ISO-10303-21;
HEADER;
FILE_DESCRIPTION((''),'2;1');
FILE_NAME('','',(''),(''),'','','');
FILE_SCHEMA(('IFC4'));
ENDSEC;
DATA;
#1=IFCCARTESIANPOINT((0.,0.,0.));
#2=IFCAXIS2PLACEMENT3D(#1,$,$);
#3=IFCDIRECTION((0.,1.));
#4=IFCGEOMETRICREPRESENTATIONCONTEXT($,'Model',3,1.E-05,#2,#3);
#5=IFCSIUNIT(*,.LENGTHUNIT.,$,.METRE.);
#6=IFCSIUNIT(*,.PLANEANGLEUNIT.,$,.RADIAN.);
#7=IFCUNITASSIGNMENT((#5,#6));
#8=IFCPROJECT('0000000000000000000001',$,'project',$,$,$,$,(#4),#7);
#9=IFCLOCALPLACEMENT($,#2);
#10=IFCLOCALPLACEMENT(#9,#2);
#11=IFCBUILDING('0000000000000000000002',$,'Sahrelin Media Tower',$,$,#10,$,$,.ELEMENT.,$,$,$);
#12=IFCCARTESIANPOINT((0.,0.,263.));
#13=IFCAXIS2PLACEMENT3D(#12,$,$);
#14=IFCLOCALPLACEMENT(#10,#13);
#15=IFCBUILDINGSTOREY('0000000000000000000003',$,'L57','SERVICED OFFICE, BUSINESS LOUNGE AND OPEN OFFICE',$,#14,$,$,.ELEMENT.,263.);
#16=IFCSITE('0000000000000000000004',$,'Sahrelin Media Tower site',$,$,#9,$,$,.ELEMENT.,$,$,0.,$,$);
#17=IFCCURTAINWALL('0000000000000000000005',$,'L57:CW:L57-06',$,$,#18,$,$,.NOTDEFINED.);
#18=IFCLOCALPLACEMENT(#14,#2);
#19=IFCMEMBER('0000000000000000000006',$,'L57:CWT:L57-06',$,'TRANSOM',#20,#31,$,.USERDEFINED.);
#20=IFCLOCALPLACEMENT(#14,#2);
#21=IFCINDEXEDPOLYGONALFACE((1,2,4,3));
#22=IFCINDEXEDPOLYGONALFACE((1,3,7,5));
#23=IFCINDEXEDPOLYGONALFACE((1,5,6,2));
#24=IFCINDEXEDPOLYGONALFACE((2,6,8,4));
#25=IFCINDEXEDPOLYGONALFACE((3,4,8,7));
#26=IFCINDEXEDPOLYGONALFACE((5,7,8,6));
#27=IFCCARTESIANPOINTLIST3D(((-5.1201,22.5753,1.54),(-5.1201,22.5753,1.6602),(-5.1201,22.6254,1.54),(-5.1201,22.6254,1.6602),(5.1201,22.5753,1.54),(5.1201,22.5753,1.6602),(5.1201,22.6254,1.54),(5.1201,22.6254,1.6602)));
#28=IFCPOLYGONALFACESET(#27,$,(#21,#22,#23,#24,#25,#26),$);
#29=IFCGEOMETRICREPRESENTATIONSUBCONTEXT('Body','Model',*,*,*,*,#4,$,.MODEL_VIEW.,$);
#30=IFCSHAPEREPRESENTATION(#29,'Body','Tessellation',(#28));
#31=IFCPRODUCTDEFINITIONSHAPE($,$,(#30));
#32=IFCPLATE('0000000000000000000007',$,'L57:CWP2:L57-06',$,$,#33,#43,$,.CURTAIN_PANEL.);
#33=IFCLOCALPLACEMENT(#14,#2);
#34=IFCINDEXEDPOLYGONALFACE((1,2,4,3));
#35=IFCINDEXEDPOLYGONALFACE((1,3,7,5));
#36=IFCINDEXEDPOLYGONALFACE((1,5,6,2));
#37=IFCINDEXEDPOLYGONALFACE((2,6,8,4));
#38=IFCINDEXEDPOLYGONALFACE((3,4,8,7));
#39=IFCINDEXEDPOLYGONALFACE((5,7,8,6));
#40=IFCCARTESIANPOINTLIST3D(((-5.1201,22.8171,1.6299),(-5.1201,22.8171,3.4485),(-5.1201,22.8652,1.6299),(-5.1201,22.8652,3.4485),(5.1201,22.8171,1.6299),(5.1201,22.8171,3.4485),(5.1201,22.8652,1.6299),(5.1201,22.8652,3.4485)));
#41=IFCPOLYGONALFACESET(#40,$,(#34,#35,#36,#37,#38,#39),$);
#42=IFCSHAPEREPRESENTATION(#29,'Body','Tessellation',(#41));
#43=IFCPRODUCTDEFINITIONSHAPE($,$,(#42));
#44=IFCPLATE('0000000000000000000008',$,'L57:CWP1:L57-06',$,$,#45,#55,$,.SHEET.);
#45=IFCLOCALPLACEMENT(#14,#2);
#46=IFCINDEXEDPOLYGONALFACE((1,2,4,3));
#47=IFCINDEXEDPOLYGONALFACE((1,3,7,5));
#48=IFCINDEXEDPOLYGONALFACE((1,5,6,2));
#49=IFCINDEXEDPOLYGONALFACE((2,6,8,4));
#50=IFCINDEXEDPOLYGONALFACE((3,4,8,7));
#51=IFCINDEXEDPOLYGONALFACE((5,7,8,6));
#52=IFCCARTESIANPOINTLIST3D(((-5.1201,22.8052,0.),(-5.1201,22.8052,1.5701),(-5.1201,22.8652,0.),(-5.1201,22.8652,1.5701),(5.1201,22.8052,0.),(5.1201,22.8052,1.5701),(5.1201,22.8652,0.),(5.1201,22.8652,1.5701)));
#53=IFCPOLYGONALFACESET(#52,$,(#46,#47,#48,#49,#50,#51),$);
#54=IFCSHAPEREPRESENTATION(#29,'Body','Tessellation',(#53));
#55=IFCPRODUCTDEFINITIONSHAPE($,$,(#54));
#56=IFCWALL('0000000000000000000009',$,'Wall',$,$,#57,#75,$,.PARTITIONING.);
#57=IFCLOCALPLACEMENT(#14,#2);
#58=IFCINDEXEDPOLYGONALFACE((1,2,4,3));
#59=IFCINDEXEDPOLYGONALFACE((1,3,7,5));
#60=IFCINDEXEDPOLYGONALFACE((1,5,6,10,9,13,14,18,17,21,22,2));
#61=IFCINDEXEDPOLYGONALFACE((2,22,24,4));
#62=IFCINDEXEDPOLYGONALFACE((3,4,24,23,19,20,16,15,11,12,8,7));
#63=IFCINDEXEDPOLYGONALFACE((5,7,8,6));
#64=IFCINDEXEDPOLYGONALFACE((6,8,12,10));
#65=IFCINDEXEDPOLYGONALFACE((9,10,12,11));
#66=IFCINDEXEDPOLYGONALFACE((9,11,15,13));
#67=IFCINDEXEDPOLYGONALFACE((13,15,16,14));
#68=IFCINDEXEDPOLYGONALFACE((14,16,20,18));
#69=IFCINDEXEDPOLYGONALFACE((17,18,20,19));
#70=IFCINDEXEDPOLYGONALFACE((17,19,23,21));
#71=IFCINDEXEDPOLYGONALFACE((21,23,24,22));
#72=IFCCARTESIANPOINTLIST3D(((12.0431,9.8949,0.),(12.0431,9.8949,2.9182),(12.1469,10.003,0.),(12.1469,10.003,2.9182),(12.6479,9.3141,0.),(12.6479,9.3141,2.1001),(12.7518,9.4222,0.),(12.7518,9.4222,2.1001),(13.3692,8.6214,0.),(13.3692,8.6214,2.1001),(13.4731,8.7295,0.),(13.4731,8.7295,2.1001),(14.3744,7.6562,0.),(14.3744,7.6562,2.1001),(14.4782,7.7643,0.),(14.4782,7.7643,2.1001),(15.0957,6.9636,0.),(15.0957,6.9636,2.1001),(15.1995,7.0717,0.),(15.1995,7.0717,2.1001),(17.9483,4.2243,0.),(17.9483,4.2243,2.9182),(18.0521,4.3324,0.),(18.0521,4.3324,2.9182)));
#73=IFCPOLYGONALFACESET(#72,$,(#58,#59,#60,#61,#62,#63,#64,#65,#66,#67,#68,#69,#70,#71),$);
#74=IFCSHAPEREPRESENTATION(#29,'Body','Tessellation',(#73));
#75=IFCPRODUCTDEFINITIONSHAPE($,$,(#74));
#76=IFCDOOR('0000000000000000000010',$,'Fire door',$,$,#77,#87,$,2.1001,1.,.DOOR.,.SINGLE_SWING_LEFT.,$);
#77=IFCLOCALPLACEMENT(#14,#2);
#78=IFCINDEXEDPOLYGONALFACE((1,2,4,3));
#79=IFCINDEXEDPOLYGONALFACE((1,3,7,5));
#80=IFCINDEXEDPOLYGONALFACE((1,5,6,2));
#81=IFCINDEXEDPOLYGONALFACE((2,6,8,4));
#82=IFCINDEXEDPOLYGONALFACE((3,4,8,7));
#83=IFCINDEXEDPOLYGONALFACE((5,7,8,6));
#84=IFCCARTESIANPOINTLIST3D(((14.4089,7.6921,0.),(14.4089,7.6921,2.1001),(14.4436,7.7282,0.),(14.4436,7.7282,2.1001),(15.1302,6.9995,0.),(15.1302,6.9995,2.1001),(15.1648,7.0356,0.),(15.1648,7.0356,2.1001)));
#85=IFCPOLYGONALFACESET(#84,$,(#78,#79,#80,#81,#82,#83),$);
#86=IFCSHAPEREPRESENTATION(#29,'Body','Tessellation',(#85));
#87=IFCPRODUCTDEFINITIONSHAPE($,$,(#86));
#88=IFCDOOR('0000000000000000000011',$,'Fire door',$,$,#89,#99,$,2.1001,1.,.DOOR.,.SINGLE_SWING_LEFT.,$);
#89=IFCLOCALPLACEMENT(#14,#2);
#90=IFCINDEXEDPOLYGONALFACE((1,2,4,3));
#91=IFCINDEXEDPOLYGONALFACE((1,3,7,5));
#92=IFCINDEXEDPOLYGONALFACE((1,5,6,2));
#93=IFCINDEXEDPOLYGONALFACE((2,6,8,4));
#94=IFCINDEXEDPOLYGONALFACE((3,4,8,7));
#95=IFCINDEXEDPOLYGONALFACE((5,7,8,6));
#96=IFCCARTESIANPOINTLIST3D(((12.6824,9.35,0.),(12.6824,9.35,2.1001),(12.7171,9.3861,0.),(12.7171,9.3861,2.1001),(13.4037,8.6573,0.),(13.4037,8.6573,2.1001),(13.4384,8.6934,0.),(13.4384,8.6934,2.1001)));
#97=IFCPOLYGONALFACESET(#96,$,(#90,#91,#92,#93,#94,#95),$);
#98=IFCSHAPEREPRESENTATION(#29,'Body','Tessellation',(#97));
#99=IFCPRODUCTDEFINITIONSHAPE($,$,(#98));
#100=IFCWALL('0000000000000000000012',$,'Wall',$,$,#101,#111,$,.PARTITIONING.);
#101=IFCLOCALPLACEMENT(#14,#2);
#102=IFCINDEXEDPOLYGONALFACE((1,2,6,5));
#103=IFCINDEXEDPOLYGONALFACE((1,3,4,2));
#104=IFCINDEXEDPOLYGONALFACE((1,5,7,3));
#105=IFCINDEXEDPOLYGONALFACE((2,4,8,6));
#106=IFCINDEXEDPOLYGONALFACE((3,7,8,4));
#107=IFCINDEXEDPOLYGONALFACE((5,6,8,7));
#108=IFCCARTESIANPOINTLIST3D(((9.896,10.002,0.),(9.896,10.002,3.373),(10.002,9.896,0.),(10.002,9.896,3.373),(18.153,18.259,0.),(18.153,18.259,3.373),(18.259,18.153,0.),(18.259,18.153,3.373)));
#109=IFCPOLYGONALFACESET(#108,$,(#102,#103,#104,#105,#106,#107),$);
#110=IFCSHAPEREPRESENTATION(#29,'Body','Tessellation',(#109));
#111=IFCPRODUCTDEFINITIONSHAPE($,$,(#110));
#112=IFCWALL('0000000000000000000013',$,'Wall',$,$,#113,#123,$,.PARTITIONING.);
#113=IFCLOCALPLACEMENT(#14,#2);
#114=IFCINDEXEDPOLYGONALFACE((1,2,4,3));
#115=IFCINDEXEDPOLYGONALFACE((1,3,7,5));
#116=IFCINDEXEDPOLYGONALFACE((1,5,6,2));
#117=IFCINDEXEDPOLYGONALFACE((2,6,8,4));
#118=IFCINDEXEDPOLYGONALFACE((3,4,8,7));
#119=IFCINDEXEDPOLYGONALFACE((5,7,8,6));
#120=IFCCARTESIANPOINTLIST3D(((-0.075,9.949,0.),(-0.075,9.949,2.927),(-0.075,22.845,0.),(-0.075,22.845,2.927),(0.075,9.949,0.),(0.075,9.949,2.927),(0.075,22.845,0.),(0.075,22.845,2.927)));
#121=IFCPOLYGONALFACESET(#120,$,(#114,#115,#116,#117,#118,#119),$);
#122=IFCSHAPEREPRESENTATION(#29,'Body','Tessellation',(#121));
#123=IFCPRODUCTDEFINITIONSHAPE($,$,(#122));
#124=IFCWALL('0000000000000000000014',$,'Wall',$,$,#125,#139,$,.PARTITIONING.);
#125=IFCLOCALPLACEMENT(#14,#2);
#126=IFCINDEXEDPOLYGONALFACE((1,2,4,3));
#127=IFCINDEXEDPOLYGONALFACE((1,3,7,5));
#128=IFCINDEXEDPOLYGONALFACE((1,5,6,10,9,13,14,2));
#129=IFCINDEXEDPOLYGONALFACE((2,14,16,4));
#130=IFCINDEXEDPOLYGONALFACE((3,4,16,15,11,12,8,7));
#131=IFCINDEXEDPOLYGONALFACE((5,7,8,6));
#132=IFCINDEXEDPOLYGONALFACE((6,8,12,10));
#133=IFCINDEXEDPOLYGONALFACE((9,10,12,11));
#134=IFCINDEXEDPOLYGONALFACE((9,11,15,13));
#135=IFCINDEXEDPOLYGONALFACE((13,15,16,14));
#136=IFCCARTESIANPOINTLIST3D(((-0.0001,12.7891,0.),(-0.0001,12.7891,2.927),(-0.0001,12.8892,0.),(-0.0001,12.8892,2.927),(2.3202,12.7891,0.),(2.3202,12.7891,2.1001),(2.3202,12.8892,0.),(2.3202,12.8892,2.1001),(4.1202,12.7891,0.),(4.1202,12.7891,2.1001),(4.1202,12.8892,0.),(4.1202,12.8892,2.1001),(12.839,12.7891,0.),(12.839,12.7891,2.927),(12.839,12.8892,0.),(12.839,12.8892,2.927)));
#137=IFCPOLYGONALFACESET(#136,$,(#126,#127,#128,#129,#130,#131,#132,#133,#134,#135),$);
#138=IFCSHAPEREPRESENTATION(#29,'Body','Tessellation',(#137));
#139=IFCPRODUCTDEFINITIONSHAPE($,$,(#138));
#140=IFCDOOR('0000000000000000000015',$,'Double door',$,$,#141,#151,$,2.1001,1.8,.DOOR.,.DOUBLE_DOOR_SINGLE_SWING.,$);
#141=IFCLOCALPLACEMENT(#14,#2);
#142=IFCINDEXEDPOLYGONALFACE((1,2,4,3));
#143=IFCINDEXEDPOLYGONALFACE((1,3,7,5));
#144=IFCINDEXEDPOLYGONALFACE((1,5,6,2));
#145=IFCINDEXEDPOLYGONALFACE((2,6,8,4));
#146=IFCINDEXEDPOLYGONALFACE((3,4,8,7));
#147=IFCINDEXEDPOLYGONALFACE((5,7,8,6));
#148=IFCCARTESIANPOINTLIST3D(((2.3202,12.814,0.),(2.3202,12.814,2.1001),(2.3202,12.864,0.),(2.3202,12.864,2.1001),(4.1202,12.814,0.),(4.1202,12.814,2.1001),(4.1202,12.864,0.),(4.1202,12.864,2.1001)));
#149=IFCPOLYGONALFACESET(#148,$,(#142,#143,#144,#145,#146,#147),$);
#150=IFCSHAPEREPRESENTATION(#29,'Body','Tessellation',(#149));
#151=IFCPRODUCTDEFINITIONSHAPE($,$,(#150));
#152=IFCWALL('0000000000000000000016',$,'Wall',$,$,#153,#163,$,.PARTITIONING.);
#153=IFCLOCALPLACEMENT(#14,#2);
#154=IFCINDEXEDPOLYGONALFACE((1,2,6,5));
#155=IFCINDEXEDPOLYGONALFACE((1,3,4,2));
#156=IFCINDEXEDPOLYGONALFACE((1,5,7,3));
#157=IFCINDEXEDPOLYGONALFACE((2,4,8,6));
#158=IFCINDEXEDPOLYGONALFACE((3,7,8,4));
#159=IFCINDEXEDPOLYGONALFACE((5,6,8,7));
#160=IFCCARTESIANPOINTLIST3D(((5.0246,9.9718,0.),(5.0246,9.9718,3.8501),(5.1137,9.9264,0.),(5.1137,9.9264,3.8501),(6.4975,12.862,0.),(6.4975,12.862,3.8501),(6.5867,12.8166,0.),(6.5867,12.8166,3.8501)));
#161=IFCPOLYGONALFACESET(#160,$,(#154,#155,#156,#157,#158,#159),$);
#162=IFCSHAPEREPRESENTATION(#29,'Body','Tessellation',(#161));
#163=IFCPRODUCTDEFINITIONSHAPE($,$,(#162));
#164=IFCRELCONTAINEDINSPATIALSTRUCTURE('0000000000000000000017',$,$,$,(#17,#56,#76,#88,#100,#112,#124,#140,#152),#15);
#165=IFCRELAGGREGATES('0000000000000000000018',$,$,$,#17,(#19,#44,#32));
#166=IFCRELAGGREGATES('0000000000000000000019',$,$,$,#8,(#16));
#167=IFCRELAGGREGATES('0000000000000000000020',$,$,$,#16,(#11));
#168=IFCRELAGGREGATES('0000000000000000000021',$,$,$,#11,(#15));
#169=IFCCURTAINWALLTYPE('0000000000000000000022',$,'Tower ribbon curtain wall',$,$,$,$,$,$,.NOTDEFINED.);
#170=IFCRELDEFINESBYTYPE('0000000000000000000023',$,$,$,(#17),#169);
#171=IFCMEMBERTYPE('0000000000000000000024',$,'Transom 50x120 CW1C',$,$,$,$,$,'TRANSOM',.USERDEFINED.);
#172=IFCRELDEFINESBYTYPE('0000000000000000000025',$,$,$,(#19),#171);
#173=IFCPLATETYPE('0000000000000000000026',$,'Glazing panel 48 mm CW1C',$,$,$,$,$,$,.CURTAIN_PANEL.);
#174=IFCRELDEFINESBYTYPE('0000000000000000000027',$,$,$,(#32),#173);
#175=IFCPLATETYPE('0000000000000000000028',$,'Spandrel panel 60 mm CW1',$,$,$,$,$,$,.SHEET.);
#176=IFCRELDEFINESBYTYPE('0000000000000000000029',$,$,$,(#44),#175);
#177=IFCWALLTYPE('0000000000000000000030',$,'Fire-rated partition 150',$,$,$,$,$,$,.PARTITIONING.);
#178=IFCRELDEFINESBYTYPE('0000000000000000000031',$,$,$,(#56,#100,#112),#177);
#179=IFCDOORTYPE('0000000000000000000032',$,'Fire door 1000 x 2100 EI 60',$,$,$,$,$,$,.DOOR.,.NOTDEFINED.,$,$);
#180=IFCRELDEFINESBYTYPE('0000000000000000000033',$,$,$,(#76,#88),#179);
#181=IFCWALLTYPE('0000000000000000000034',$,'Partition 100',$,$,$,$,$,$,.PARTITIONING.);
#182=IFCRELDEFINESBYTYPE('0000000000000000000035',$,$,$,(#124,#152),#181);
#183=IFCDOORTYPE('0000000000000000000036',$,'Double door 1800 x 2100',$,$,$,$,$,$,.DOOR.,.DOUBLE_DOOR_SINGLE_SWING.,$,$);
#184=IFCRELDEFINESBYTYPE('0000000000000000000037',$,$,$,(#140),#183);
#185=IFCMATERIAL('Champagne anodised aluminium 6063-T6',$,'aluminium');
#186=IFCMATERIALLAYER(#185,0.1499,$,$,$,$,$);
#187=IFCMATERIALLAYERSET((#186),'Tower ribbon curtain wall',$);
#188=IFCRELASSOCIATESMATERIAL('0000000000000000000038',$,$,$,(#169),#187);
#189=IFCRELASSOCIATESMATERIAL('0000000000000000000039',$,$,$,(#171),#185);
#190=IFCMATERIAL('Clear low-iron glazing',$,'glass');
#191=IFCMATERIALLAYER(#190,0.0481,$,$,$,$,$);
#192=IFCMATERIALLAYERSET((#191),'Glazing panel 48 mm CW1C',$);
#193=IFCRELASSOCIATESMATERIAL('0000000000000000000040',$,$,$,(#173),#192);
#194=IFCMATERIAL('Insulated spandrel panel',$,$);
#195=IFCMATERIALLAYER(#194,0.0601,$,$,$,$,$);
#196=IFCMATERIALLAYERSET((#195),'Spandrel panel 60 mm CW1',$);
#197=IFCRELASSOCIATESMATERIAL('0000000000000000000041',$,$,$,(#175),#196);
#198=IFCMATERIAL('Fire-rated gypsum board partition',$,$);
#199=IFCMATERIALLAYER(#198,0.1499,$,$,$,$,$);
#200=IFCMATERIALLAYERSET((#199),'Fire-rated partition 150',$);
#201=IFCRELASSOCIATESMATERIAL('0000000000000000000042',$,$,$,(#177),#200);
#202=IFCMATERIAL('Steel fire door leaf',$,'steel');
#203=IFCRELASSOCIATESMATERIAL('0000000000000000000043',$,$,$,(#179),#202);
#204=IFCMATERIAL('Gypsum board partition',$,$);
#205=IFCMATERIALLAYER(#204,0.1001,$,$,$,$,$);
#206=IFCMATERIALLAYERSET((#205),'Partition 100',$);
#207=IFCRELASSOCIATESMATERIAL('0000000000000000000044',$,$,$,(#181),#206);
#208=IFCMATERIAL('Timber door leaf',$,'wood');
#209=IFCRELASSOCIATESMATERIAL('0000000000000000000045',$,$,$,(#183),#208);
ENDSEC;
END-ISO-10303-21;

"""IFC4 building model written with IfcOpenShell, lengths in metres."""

from ifc_helpers import new_model, si_unit, direction, frame, frame_2d, origin, origin_2d, place, context, subcontext, project, spatial, polyline, rectangle, outline, extrude, material, layer, layer_set, material_profile, profile_set, type_object, element, fill, aggregate, save


model = new_model("IFC4")

# Units and contexts
model_context = context("Model", 3, precision=1e-05, world=origin(), true_north=direction((0.0, 1.0)))
body_context = subcontext(model_context, "Body", "Model", "MODEL_VIEW")
ifc_project = project(units=[si_unit("LENGTHUNIT", "METRE"), si_unit("PLANEANGLEUNIT", "RADIAN")], contexts=[model_context])

# Site, building, storey
site_placement = place(None, origin())
site = spatial("IfcSite", under=ifc_project, at=site_placement, Name="Sahrelin Media Tower site", CompositionType="ELEMENT", RefElevation=0.0)
building_placement = place(site_placement, origin())
building = spatial("IfcBuilding", under=site, at=building_placement, Name="Sahrelin Media Tower", CompositionType="ELEMENT")
storey_placement = place(building_placement, frame((0.0, 0.0, 263.0)))
storey = spatial("IfcBuildingStorey", under=building, at=storey_placement, Name="L57", Description="SERVICED OFFICE, BUSINESS LOUNGE AND OPEN OFFICE", CompositionType="ELEMENT", Elevation=263.0)

# Curtain wall
ifc_material_1 = material(Name="Champagne anodised aluminium 6063-T6", Category="aluminium")
ifc_layer_1 = layer(ifc_material_1, 0.1499)
ifc_layer_set_1 = layer_set([ifc_layer_1], Name="Tower ribbon curtain wall")
curtain_wall_type = type_object("IfcCurtainWallType", Name="Tower ribbon curtain wall", PredefinedType="NOTDEFINED", material=ifc_layer_set_1)
placement_1 = place(storey_placement, frame((0.0, 22.8452, 0.0), z_axis=(0.0, 0.0, 1.0), x_axis=(1.0, 0.0, 0.0)))
curtain_wall_1 = element("IfcCurtainWall", 1, at=placement_1, inside=storey, type_object=curtain_wall_type, Name="L57:CW:L57-06", PredefinedType="NOTDEFINED")

# Member
ifc_material_profile_1 = material_profile(ifc_material_1, rectangle(XDim=0.05, YDim=0.1201, at=origin_2d()), Name="Transom 50x120")
ifc_profile_set_1 = profile_set([ifc_material_profile_1], Name="Champagne anodised aluminium 6063-T6")
member_type_1 = type_object("IfcMemberType", Name="Transom 50x120 CW1C", ElementType="TRANSOM", PredefinedType="USERDEFINED", material=ifc_profile_set_1)
member_1_placement = place(storey_placement, frame((5.1201, 22.6003, 1.6001), z_axis=(-1.0, 0.0, 0.0), x_axis=(0.0, -1.0, 0.0)))
member_1 = element("IfcMember", 2, at=member_1_placement, type_object=member_type_1, Name="L57:CWT:L57-06", ObjectType="TRANSOM", PredefinedType="USERDEFINED", context=body_context, shape_type="SweptSolid", body=[
    extrude(rectangle(XDim=0.05, YDim=0.1201, at=origin_2d()), origin(), (0.0, 0.0, 1.0), 10.2402),
])

# Plates
ifc_material_2 = material(Name="Clear low-iron glazing", Category="glass")
ifc_layer_2 = layer(ifc_material_2, 0.0481)
ifc_layer_set_2 = layer_set([ifc_layer_2], Name="Glazing panel 48 mm CW1C")
plate_type_1 = type_object("IfcPlateType", Name="Glazing panel 48 mm CW1C", PredefinedType="CURTAIN_PANEL", material=ifc_layer_set_2)
plate_1_placement = place(storey_placement, frame((5.1201, 22.8652, 1.6299), z_axis=(0.0, 1.0, 0.0), x_axis=(-1.0, 0.0, 0.0)))
plate_1 = element("IfcPlate", 3, at=plate_1_placement, type_object=plate_type_1, Name="L57:CWP2:L57-06", PredefinedType="CURTAIN_PANEL", context=body_context, shape_type="SweptSolid", body=[
    extrude(outline(polyline([(0.0, 0.0), (10.2402, 0.0), (10.2402, 1.8186), (0.0, 1.8186), (0.0, 0.0)])), origin(), (0.0, 0.0, -1.0), 0.0481),
])
ifc_material_3 = material(Name="Insulated spandrel panel")
ifc_layer_3 = layer(ifc_material_3, 0.0601)
ifc_layer_set_3 = layer_set([ifc_layer_3], Name="Spandrel panel 60 mm CW1")
plate_type_2 = type_object("IfcPlateType", Name="Spandrel panel 60 mm CW1", PredefinedType="SHEET", material=ifc_layer_set_3)
plate_2_placement = place(storey_placement, frame((5.1201, 22.8652, 0.0), z_axis=(0.0, 1.0, 0.0), x_axis=(-1.0, 0.0, 0.0)))
plate_2 = element("IfcPlate", 4, at=plate_2_placement, type_object=plate_type_2, Name="L57:CWP1:L57-06", PredefinedType="SHEET", context=body_context, shape_type="SweptSolid", body=[
    extrude(outline(polyline([(0.0, 0.0), (10.2402, 0.0), (10.2402, 1.5701), (0.0, 1.5701), (0.0, 0.0)])), origin(), (0.0, 0.0, -1.0), 0.0601),
])
aggregate(curtain_wall_1, [member_1, plate_2, plate_1])

# Wall, openings, doors
ifc_material_4 = material(Name="Fire-rated gypsum board partition")
ifc_layer_4 = layer(ifc_material_4, 0.1499)
ifc_layer_set_4 = layer_set([ifc_layer_4], Name="Fire-rated partition 150")
wall_type_1 = type_object("IfcWallType", Name="Fire-rated partition 150", PredefinedType="PARTITIONING", material=ifc_layer_set_4)
wall_1_placement = place(storey_placement, frame((12.095, 9.949, 0.0), z_axis=(0.0, 0.0, 1.0), x_axis=(0.72129, -0.692633, 0.0)))
wall_1 = element("IfcWall", 5, at=wall_1_placement, inside=storey, type_object=wall_type_1, Name="Wall", PredefinedType="PARTITIONING", context=body_context, shape_type="SweptSolid", body=[
    extrude(rectangle(XDim=8.187, YDim=0.1499, at=frame_2d((4.0935, 0.0))), origin(), (0.0, 0.0, 1.0), 2.9182),
])
opening_1_placement = place(wall_1_placement, frame((3.2322, 0.0, 0.0)))
opening_1 = element("IfcOpeningElement", 6, at=opening_1_placement, cuts=wall_1, PredefinedType="OPENING", context=body_context, shape_type="SweptSolid", body=[
    extrude(rectangle(XDim=1.0, YDim=2.1001, at=frame_2d((0.5, 1.05))), frame((0.0, 0.075, 0.0), z_axis=(0.0, -1.0, 0.0), x_axis=(1.0, 0.0, 0.0)), (0.0, 0.0, 1.0), 0.1499),
])
opening_2_placement = place(wall_1_placement, frame((0.8386, 0.0, 0.0)))
opening_2 = element("IfcOpeningElement", 7, at=opening_2_placement, cuts=wall_1, PredefinedType="OPENING", context=body_context, shape_type="SweptSolid", body=[
    extrude(rectangle(XDim=1.0, YDim=2.1001, at=frame_2d((0.5, 1.05))), frame((0.0, 0.075, 0.0), z_axis=(0.0, -1.0, 0.0), x_axis=(1.0, 0.0, 0.0)), (0.0, 0.0, 1.0), 0.1499),
])
ifc_material_5 = material(Name="Steel fire door leaf", Category="steel")
door_type_1 = type_object("IfcDoorType", Name="Fire door 1000 x 2100 EI 60", OperationType="NOTDEFINED", PredefinedType="DOOR", material=ifc_material_5)
door_1_placement = place(opening_1_placement, origin())
door_1 = element("IfcDoor", 8, at=door_1_placement, inside=storey, type_object=door_type_1, Name="Fire door", OperationType="SINGLE_SWING_LEFT", OverallHeight=2.1001, OverallWidth=1.0, PredefinedType="DOOR", context=body_context, shape_type="SweptSolid", body=[
    extrude(rectangle(XDim=1.0, YDim=2.1001, at=frame_2d((0.5, 1.05))), frame((0.0, 0.0249, 0.0), z_axis=(0.0, -1.0, 0.0), x_axis=(1.0, 0.0, 0.0)), (0.0, 0.0, 1.0), 0.05),
])
fill(opening_1, door_1)
door_2_placement = place(opening_2_placement, origin())
door_2 = element("IfcDoor", 9, at=door_2_placement, inside=storey, type_object=door_type_1, Name="Fire door", OperationType="SINGLE_SWING_LEFT", OverallHeight=2.1001, OverallWidth=1.0, PredefinedType="DOOR", context=body_context, shape_type="SweptSolid", body=[
    extrude(rectangle(XDim=1.0, YDim=2.1001, at=frame_2d((0.5, 1.05))), frame((0.0, 0.0249, 0.0), z_axis=(0.0, -1.0, 0.0), x_axis=(1.0, 0.0, 0.0)), (0.0, 0.0, 1.0), 0.05),
])
fill(opening_2, door_2)

# Walls
wall_2_placement = place(storey_placement, frame((9.949, 9.949, 0.0), z_axis=(0.0, 0.0, 1.0), x_axis=(0.707107, 0.707107, 0.0)))
element("IfcWall", 10, at=wall_2_placement, inside=storey, type_object=wall_type_1, Name="Wall", PredefinedType="PARTITIONING", context=body_context, shape_type="SweptSolid", body=[
    extrude(rectangle(XDim=11.6772, YDim=0.1499, at=frame_2d((5.8386, 0.0))), origin(), (0.0, 0.0, 1.0), 3.373),
])
wall_3_placement = place(storey_placement, frame((0.0, 9.949, 0.0), z_axis=(0.0, 0.0, 1.0), x_axis=(0.0, 1.0, 0.0)))
element("IfcWall", 11, at=wall_3_placement, inside=storey, type_object=wall_type_1, Name="Wall", PredefinedType="PARTITIONING", context=body_context, shape_type="SweptSolid", body=[
    extrude(rectangle(XDim=12.896, YDim=0.1499, at=frame_2d((6.448, 0.0))), origin(), (0.0, 0.0, 1.0), 2.927),
])

# Wall, opening, door
ifc_material_6 = material(Name="Gypsum board partition")
ifc_layer_5 = layer(ifc_material_6, 0.1001)
ifc_layer_set_5 = layer_set([ifc_layer_5], Name="Partition 100")
wall_type_2 = type_object("IfcWallType", Name="Partition 100", PredefinedType="PARTITIONING", material=ifc_layer_set_5)
wall_4_placement = place(storey_placement, frame((0.0, 12.8391, 0.0), z_axis=(0.0, 0.0, 1.0), x_axis=(1.0, 0.0, 0.0)))
wall_4 = element("IfcWall", 12, at=wall_4_placement, inside=storey, type_object=wall_type_2, Name="Wall", PredefinedType="PARTITIONING", context=body_context, shape_type="SweptSolid", body=[
    extrude(rectangle(XDim=12.8391, YDim=0.1001, at=frame_2d((6.4194, 0.0))), origin(), (0.0, 0.0, 1.0), 2.927),
])
opening_3_placement = place(wall_4_placement, frame((2.3203, 0.0, 0.0)))
opening_3 = element("IfcOpeningElement", 13, at=opening_3_placement, cuts=wall_4, PredefinedType="OPENING", context=body_context, shape_type="SweptSolid", body=[
    extrude(rectangle(XDim=1.8, YDim=2.1001, at=frame_2d((0.8999, 1.05))), frame((0.0, 0.05, 0.0), z_axis=(0.0, -1.0, 0.0), x_axis=(1.0, 0.0, 0.0)), (0.0, 0.0, 1.0), 0.1001),
])
ifc_material_7 = material(Name="Timber door leaf", Category="wood")
door_type_2 = type_object("IfcDoorType", Name="Double door 1800 x 2100", OperationType="DOUBLE_DOOR_SINGLE_SWING", PredefinedType="DOOR", material=ifc_material_7)
door_3_placement = place(opening_3_placement, origin())
door_3 = element("IfcDoor", 14, at=door_3_placement, inside=storey, type_object=door_type_2, Name="Double door", OperationType="DOUBLE_DOOR_SINGLE_SWING", OverallHeight=2.1001, OverallWidth=1.8, PredefinedType="DOOR", context=body_context, shape_type="SweptSolid", body=[
    extrude(rectangle(XDim=1.8, YDim=2.1001, at=frame_2d((0.8999, 1.05))), frame((0.0, 0.0249, 0.0), z_axis=(0.0, -1.0, 0.0), x_axis=(1.0, 0.0, 0.0)), (0.0, 0.0, 1.0), 0.05),
])
fill(opening_3, door_3)

# Wall
wall_5_placement = place(storey_placement, frame((5.0691, 9.949, 0.0), z_axis=(0.0, 0.0, 1.0), x_axis=(0.454064, 0.890969, 0.0)))
element("IfcWall", 15, at=wall_5_placement, inside=storey, type_object=wall_type_2, Name="Wall", PredefinedType="PARTITIONING", context=body_context, shape_type="SweptSolid", body=[
    extrude(rectangle(XDim=3.2439, YDim=0.1001, at=frame_2d((1.6221, 0.0))), origin(), (0.0, 0.0, 1.0), 3.8501),
])

save(model, "model.ifc")
